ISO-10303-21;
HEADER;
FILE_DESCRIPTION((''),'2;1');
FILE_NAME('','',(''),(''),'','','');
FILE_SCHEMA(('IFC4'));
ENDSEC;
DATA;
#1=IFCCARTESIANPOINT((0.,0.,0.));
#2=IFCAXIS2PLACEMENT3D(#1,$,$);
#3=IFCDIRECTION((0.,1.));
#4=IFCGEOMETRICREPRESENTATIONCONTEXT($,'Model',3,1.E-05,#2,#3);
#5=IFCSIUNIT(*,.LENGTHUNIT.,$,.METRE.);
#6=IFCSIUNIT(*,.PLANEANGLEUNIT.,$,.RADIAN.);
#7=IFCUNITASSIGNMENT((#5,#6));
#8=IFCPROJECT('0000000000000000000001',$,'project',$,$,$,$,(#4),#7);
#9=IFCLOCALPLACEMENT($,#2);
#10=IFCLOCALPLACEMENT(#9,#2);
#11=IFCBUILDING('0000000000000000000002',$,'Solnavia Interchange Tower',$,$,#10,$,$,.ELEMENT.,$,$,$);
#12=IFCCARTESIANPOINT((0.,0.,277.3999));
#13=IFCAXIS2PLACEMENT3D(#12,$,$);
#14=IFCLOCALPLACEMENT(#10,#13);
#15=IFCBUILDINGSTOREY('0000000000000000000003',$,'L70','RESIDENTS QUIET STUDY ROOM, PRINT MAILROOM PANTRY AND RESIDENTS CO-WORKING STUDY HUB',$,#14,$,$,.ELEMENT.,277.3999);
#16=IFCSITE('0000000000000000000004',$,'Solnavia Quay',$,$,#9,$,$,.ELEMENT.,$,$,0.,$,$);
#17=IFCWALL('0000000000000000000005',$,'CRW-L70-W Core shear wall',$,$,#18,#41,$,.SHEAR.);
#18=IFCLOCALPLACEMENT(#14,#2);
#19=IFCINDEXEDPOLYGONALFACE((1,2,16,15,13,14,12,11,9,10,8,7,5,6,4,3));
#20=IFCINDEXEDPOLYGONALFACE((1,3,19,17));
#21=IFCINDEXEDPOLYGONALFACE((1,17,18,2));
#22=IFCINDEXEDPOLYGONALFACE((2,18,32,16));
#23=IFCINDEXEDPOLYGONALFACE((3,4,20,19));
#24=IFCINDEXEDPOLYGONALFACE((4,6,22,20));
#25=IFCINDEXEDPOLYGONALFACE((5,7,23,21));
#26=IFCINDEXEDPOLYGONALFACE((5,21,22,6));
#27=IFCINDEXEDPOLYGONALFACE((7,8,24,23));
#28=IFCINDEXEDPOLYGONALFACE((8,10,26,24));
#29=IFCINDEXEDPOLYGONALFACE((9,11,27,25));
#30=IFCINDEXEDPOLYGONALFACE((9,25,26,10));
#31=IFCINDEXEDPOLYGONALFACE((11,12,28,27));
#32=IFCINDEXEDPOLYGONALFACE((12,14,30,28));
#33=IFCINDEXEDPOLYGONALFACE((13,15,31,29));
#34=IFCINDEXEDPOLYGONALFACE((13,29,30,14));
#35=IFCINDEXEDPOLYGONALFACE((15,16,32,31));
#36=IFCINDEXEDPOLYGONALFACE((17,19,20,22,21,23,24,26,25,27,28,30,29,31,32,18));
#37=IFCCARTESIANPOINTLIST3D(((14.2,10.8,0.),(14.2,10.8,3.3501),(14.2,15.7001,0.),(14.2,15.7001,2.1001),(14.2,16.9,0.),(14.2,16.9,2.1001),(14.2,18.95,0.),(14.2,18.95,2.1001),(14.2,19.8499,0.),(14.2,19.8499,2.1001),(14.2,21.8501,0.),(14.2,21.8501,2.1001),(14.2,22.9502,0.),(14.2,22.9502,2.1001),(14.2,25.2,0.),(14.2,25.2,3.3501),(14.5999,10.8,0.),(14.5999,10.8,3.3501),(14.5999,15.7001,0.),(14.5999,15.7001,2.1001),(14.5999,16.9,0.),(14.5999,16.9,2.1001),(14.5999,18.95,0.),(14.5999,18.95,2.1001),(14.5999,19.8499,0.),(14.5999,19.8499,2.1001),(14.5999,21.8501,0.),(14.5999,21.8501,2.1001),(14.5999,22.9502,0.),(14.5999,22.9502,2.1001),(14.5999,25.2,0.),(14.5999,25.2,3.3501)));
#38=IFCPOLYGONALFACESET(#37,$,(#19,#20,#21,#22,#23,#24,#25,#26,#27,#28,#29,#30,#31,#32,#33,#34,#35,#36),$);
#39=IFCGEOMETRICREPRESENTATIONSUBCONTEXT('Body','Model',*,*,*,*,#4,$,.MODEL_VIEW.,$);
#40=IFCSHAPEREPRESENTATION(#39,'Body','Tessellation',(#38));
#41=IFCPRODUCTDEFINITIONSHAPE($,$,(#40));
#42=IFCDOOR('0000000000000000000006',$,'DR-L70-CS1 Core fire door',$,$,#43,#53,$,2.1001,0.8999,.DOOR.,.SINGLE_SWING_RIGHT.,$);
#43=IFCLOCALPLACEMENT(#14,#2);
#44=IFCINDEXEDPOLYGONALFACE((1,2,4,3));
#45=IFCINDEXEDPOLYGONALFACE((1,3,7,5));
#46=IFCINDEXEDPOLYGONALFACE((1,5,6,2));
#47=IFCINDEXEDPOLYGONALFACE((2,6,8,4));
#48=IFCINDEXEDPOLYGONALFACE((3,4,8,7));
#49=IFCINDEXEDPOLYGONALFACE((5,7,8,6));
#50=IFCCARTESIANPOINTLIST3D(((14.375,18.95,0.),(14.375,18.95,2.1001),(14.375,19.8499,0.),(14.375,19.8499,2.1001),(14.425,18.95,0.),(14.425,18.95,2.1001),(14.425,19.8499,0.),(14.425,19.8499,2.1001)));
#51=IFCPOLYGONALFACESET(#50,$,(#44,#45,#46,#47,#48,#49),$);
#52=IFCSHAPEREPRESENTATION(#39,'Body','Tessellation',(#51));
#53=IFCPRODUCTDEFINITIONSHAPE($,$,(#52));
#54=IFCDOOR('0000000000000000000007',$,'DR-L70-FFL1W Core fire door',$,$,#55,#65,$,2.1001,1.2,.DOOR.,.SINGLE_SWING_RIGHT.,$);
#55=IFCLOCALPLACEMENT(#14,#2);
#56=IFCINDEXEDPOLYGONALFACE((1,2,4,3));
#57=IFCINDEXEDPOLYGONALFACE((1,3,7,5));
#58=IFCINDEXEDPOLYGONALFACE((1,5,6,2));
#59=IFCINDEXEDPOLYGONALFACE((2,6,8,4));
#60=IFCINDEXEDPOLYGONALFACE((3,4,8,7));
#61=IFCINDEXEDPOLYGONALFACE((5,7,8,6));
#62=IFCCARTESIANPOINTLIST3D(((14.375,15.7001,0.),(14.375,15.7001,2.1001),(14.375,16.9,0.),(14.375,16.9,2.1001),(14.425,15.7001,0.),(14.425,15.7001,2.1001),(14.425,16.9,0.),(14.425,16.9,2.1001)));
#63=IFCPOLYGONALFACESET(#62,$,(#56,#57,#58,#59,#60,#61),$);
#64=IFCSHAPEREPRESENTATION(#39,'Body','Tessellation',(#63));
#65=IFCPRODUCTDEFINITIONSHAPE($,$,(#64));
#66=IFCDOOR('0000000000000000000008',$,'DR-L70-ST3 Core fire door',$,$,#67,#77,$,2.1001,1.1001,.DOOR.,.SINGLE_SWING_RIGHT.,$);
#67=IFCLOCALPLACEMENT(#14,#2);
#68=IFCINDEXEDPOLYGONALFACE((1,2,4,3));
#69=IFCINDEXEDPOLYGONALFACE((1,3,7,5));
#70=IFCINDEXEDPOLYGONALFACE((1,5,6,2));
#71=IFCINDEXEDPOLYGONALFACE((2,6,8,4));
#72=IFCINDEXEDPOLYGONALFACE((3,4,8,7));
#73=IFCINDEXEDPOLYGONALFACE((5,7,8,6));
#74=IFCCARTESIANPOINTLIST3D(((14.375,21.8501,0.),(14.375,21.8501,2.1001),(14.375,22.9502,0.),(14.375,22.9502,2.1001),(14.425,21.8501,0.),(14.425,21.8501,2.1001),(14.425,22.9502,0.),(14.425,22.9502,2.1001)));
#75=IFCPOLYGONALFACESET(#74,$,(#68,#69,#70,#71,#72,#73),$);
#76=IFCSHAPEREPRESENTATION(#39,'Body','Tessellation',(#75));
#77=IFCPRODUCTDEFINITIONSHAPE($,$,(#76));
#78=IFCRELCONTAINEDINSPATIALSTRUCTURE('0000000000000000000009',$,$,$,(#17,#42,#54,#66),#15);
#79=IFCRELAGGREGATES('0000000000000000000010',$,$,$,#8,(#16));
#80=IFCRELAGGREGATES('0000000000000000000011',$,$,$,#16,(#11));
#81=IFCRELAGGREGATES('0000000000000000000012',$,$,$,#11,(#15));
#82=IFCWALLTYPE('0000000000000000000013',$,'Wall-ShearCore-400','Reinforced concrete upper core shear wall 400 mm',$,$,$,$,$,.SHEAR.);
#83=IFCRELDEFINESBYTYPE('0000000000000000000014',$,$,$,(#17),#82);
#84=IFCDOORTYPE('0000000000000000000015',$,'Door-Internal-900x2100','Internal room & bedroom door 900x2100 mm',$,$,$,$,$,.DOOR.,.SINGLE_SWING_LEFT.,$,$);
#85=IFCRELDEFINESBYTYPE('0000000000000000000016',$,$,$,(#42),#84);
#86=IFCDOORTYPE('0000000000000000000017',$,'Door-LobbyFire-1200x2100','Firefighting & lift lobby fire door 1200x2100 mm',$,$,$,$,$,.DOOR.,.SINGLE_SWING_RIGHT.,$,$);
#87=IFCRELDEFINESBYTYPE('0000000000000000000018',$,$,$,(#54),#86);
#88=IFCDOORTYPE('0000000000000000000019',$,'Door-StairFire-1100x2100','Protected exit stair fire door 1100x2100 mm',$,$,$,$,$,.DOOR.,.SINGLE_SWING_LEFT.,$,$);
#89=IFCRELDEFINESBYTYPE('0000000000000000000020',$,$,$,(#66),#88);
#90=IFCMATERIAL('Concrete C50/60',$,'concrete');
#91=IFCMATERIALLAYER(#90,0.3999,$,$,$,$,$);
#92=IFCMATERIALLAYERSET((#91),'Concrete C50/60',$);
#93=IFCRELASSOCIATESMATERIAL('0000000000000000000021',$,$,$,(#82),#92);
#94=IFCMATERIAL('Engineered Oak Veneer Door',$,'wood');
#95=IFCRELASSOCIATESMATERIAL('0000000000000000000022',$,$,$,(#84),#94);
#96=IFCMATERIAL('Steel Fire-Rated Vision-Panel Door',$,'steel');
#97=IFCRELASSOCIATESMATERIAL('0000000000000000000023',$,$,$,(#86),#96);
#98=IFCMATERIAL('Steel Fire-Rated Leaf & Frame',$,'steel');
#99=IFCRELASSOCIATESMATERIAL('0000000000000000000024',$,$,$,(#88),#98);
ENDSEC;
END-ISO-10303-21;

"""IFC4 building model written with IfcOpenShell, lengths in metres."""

from ifc_helpers import new_model, si_unit, direction, frame, frame_2d, origin, place, context, subcontext, project, spatial, rectangle, extrude, material, layer, layer_set, type_object, element, fill, save


model = new_model("IFC4")

# Units and contexts
model_context = context("Model", 3, precision=1e-05, world=origin(), true_north=direction((0.0, 1.0)))
body_context = subcontext(model_context, "Body", "Model", "MODEL_VIEW")
ifc_project = project(units=[si_unit("LENGTHUNIT", "METRE"), si_unit("PLANEANGLEUNIT", "RADIAN")], contexts=[model_context])

# Site, building, storey
site_placement = place(None, origin())
site = spatial("IfcSite", under=ifc_project, at=site_placement, Name="Solnavia Quay", CompositionType="ELEMENT", RefElevation=0.0)
building_placement = place(site_placement, origin())
building = spatial("IfcBuilding", under=site, at=building_placement, Name="Solnavia Interchange Tower", CompositionType="ELEMENT")
storey_placement = place(building_placement, frame((0.0, 0.0, 277.3999)))
storey = spatial("IfcBuildingStorey", under=building, at=storey_placement, Name="L70", Description="RESIDENTS QUIET STUDY ROOM, PRINT MAILROOM PANTRY AND RESIDENTS CO-WORKING STUDY HUB", CompositionType="ELEMENT", Elevation=277.3999)

# Shared definitions
ifc_material_1 = material(Name="Concrete C50/60", Category="concrete")

# Shared definitions
ifc_layer_1 = layer(ifc_material_1, 0.3999)
ifc_layer_set_1 = layer_set([ifc_layer_1], Name="Concrete C50/60")
wall_type_1 = type_object("IfcWallType", Name="Wall-ShearCore-400", Description="Reinforced concrete upper core shear wall 400 mm", PredefinedType="SHEAR", material=ifc_layer_set_1)

# Wall, openings, doors
wall_1_placement = place(storey_placement, frame((14.3999, 10.8, 0.0), z_axis=(0.0, 0.0, 1.0), x_axis=(0.0, 1.0, 0.0)))
wall_1 = element("IfcWall", 1, at=wall_1_placement, inside=storey, type_object=wall_type_1, Name="CRW-L70-W Core shear wall", PredefinedType="SHEAR", context=body_context, shape_type="SweptSolid", body=[
    extrude(rectangle(XDim=14.3999, YDim=0.3999, at=frame_2d((7.2, 0.0))), origin(), (0.0, 0.0, 1.0), 3.3501),
])
opening_1_placement = place(wall_1_placement, frame((11.05, 0.0, 0.0)))
opening_1 = element("IfcOpeningElement", 2, at=opening_1_placement, cuts=wall_1, PredefinedType="OPENING", context=body_context, shape_type="SweptSolid", body=[
    extrude(rectangle(XDim=1.1001, YDim=2.1001, at=frame_2d((0.55, 1.05))), frame((0.0, 0.21, 0.0), z_axis=(0.0, -1.0, 0.0), x_axis=(1.0, 0.0, 0.0)), (0.0, 0.0, 1.0), 0.4199),
])
opening_2_placement = place(wall_1_placement, frame((4.8999, 0.0, 0.0)))
opening_2 = element("IfcOpeningElement", 3, at=opening_2_placement, cuts=wall_1, PredefinedType="OPENING", context=body_context, shape_type="SweptSolid", body=[
    extrude(rectangle(XDim=1.2, YDim=2.1001, at=frame_2d((0.6001, 1.05))), frame((0.0, 0.21, 0.0), z_axis=(0.0, -1.0, 0.0), x_axis=(1.0, 0.0, 0.0)), (0.0, 0.0, 1.0), 0.4199),
])
opening_3_placement = place(wall_1_placement, frame((8.1499, 0.0, 0.0)))
opening_3 = element("IfcOpeningElement", 4, at=opening_3_placement, cuts=wall_1, PredefinedType="OPENING", context=body_context, shape_type="SweptSolid", body=[
    extrude(rectangle(XDim=0.8999, YDim=2.1001, at=frame_2d((0.45, 1.05))), frame((0.0, 0.21, 0.0), z_axis=(0.0, -1.0, 0.0), x_axis=(1.0, 0.0, 0.0)), (0.0, 0.0, 1.0), 0.4199),
])
ifc_material_2 = material(Name="Engineered Oak Veneer Door", Category="wood")
door_type_1 = type_object("IfcDoorType", Name="Door-Internal-900x2100", Description="Internal room & bedroom door 900x2100 mm", OperationType="SINGLE_SWING_LEFT", PredefinedType="DOOR", material=ifc_material_2)
door_1_placement = place(opening_3_placement, origin())
door_1 = element("IfcDoor", 5, at=door_1_placement, inside=storey, type_object=door_type_1, Name="DR-L70-CS1 Core fire door", OperationType="SINGLE_SWING_RIGHT", OverallHeight=2.1001, OverallWidth=0.8999, PredefinedType="DOOR", context=body_context, shape_type="SweptSolid", body=[
    extrude(rectangle(XDim=0.8999, YDim=2.1001, at=frame_2d((0.45, 1.05))), frame((0.0, 0.0249, 0.0), z_axis=(0.0, -1.0, 0.0), x_axis=(1.0, 0.0, 0.0)), (0.0, 0.0, 1.0), 0.05),
])
fill(opening_3, door_1)
ifc_material_3 = material(Name="Steel Fire-Rated Vision-Panel Door", Category="steel")
door_type_2 = type_object("IfcDoorType", Name="Door-LobbyFire-1200x2100", Description="Firefighting & lift lobby fire door 1200x2100 mm", OperationType="SINGLE_SWING_RIGHT", PredefinedType="DOOR", material=ifc_material_3)
door_2_placement = place(opening_2_placement, origin())
door_2 = element("IfcDoor", 6, at=door_2_placement, inside=storey, type_object=door_type_2, Name="DR-L70-FFL1W Core fire door", OperationType="SINGLE_SWING_RIGHT", OverallHeight=2.1001, OverallWidth=1.2, PredefinedType="DOOR", context=body_context, shape_type="SweptSolid", body=[
    extrude(rectangle(XDim=1.2, YDim=2.1001, at=frame_2d((0.6001, 1.05))), frame((0.0, 0.0249, 0.0), z_axis=(0.0, -1.0, 0.0), x_axis=(1.0, 0.0, 0.0)), (0.0, 0.0, 1.0), 0.05),
])
fill(opening_2, door_2)
ifc_material_4 = material(Name="Steel Fire-Rated Leaf & Frame", Category="steel")
door_type_3 = type_object("IfcDoorType", Name="Door-StairFire-1100x2100", Description="Protected exit stair fire door 1100x2100 mm", OperationType="SINGLE_SWING_LEFT", PredefinedType="DOOR", material=ifc_material_4)
door_3_placement = place(opening_1_placement, origin())
door_3 = element("IfcDoor", 7, at=door_3_placement, inside=storey, type_object=door_type_3, Name="DR-L70-ST3 Core fire door", OperationType="SINGLE_SWING_RIGHT", OverallHeight=2.1001, OverallWidth=1.1001, PredefinedType="DOOR", context=body_context, shape_type="SweptSolid", body=[
    extrude(rectangle(XDim=1.1001, YDim=2.1001, at=frame_2d((0.55, 1.05))), frame((0.0, 0.0249, 0.0), z_axis=(0.0, -1.0, 0.0), x_axis=(1.0, 0.0, 0.0)), (0.0, 0.0, 1.0), 0.05),
])
fill(opening_1, door_3)

save(model, "model.ifc")
